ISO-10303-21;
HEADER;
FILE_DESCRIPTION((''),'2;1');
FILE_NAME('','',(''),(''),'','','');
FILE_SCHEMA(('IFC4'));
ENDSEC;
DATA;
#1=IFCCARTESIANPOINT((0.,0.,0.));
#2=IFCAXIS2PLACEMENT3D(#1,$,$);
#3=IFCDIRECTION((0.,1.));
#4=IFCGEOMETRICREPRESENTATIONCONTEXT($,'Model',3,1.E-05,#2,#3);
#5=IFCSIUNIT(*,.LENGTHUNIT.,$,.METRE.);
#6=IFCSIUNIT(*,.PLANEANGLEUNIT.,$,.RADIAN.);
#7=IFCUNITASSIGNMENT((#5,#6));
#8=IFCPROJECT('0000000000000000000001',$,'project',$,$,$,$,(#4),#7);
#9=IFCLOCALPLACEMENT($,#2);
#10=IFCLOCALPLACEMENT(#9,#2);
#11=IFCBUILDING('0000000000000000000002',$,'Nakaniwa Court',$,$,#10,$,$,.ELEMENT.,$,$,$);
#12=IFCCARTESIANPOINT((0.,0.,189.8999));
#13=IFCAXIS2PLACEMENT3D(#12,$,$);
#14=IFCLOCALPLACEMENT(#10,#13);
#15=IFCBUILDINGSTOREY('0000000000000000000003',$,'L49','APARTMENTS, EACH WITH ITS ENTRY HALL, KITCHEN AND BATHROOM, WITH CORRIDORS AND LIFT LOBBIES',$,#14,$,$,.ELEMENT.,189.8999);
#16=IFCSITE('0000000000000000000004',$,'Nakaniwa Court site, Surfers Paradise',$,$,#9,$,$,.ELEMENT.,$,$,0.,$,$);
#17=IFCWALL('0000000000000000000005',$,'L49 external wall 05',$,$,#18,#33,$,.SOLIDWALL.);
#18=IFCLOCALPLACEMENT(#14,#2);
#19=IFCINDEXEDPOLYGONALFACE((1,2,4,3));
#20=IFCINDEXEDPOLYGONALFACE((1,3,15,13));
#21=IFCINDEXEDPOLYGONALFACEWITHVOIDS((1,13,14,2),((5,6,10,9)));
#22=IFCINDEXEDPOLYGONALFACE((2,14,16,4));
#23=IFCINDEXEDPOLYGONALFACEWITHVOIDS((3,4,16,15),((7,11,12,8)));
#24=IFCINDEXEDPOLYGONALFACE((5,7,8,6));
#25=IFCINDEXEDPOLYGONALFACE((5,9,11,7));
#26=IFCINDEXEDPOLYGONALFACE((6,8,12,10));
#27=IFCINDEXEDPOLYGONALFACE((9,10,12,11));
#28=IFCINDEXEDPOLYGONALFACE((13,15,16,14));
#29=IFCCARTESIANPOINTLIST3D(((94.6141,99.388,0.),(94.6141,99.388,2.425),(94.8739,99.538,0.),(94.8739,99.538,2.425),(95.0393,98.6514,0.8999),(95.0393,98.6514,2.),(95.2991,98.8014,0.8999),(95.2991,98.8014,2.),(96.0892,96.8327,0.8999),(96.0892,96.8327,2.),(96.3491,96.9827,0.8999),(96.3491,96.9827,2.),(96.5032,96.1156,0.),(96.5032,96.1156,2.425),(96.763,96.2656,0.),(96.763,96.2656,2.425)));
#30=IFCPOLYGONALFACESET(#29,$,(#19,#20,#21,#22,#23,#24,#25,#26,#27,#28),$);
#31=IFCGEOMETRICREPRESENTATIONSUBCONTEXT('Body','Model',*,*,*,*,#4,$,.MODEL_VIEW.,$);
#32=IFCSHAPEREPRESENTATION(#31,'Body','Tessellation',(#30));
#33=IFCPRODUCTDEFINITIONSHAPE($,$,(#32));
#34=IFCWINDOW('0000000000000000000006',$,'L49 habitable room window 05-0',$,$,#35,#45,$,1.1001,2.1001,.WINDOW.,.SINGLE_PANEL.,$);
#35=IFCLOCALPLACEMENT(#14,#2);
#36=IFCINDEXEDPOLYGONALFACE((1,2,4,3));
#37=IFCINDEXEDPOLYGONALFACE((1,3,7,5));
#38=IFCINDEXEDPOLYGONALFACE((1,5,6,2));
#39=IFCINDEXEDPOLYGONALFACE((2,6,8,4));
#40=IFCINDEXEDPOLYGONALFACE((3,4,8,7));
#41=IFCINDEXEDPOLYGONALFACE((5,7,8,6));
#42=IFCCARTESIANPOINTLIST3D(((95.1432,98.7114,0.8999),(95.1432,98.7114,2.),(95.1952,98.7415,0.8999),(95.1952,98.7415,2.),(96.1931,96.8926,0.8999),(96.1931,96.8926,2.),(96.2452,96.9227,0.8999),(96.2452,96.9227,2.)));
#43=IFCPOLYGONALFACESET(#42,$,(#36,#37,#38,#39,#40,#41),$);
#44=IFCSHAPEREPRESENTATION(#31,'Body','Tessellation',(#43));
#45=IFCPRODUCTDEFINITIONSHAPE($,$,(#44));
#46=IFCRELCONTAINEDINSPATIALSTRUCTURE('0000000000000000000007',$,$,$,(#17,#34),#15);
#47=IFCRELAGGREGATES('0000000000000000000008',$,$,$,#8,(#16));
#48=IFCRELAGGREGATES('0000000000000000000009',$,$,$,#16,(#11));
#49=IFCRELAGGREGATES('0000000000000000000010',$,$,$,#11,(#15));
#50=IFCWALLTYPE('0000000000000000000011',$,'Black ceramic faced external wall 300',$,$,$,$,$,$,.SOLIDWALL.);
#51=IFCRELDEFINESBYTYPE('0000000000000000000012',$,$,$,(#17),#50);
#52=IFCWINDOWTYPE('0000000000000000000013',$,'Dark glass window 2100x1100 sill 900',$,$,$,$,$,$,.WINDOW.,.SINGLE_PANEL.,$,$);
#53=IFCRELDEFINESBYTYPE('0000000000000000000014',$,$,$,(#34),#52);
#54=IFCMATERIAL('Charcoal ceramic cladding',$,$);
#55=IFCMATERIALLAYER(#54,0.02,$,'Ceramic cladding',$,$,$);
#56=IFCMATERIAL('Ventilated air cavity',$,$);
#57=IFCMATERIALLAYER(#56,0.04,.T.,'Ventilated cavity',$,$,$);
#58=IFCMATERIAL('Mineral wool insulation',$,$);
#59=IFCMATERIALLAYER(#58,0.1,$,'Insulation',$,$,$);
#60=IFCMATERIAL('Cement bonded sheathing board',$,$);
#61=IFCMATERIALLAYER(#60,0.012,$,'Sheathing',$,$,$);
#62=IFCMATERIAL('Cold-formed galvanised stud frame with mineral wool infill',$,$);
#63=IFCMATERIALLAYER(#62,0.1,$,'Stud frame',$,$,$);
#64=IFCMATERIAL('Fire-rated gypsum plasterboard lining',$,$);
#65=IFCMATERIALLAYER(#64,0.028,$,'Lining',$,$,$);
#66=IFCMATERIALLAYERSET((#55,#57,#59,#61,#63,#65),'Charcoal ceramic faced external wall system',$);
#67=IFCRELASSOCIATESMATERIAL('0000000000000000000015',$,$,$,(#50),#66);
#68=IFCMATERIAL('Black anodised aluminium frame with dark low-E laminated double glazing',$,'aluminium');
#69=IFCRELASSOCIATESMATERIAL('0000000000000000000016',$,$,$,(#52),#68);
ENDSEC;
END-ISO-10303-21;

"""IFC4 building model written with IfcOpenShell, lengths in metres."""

from ifc_helpers import new_model, si_unit, direction, frame, frame_2d, origin, place, context, subcontext, project, spatial, rectangle, extrude, material, layer, layer_set, type_object, element, fill, save


model = new_model("IFC4")

# Units and contexts
model_context = context("Model", 3, precision=1e-05, world=origin(), true_north=direction((0.0, 1.0)))
body_context = subcontext(model_context, "Body", "Model", "MODEL_VIEW")
ifc_project = project(units=[si_unit("LENGTHUNIT", "METRE"), si_unit("PLANEANGLEUNIT", "RADIAN")], contexts=[model_context])

# Site, building, storey
site_placement = place(None, origin())
site = spatial("IfcSite", under=ifc_project, at=site_placement, Name="Nakaniwa Court site, Surfers Paradise", CompositionType="ELEMENT", RefElevation=0.0)
building_placement = place(site_placement, origin())
building = spatial("IfcBuilding", under=site, at=building_placement, Name="Nakaniwa Court", CompositionType="ELEMENT")
storey_placement = place(building_placement, frame((0.0, 0.0, 189.8999)))
storey = spatial("IfcBuildingStorey", under=building, at=storey_placement, Name="L49", Description="APARTMENTS, EACH WITH ITS ENTRY HALL, KITCHEN AND BATHROOM, WITH CORRIDORS AND LIFT LOBBIES", CompositionType="ELEMENT", Elevation=189.8999)

# Wall, opening, window
ifc_material_1 = material(Name="Charcoal ceramic cladding")
ifc_layer_1 = layer(ifc_material_1, 0.02, Name="Ceramic cladding")
ifc_material_2 = material(Name="Ventilated air cavity")
ifc_layer_2 = layer(ifc_material_2, 0.04, ventilated=True, Name="Ventilated cavity")
ifc_material_3 = material(Name="Mineral wool insulation")
ifc_layer_3 = layer(ifc_material_3, 0.1, Name="Insulation")
ifc_material_4 = material(Name="Cement bonded sheathing board")
ifc_layer_4 = layer(ifc_material_4, 0.012, Name="Sheathing")
ifc_material_5 = material(Name="Cold-formed galvanised stud frame with mineral wool infill")
ifc_layer_5 = layer(ifc_material_5, 0.1, Name="Stud frame")
ifc_material_6 = material(Name="Fire-rated gypsum plasterboard lining")
ifc_layer_6 = layer(ifc_material_6, 0.028, Name="Lining")
ifc_layer_set_1 = layer_set([ifc_layer_1, ifc_layer_2, ifc_layer_3, ifc_layer_4, ifc_layer_5, ifc_layer_6], Name="Charcoal ceramic faced external wall system")
wall_type_1 = type_object("IfcWallType", Name="Black ceramic faced external wall 300", PredefinedType="SOLIDWALL", material=ifc_layer_set_1)
wall_1_placement = place(storey_placement, frame((96.6331, 96.1907, 0.0), z_axis=(0.0, 0.0, 1.0), x_axis=(-0.499961, 0.866048, 0.0)))
wall_1 = element("IfcWall", 1, at=wall_1_placement, inside=storey, type_object=wall_type_1, Name="L49 external wall 05", PredefinedType="SOLIDWALL", context=body_context, shape_type="SweptSolid", body=[
    extrude(rectangle(XDim=3.7786, YDim=0.3, at=frame_2d((1.8892, 0.0))), origin(), (0.0, 0.0, 1.0), 2.425),
])
opening_1_placement = place(wall_1_placement, frame((0.8279, 0.0, 0.8999)))
opening_1 = element("IfcOpeningElement", 2, at=opening_1_placement, cuts=wall_1, PredefinedType="OPENING", context=body_context, shape_type="SweptSolid", body=[
    extrude(rectangle(XDim=2.1001, YDim=1.1001, at=frame_2d((1.05, 0.55))), frame((0.0, 0.1599, 0.0), z_axis=(0.0, -1.0, 0.0), x_axis=(1.0, 0.0, 0.0)), (0.0, 0.0, 1.0), 0.3201),
])
ifc_material_7 = material(Name="Black anodised aluminium frame with dark low-E laminated double glazing", Category="aluminium")
window_type = type_object("IfcWindowType", Name="Dark glass window 2100x1100 sill 900", PartitioningType="SINGLE_PANEL", PredefinedType="WINDOW", material=ifc_material_7)
window_placement = place(opening_1_placement, origin())
window = element("IfcWindow", 3, at=window_placement, inside=storey, type_object=window_type, Name="L49 habitable room window 05-0", OverallHeight=1.1001, OverallWidth=2.1001, PartitioningType="SINGLE_PANEL", PredefinedType="WINDOW", context=body_context, shape_type="SweptSolid", body=[
    extrude(rectangle(XDim=2.1001, YDim=1.1001, at=frame_2d((1.05, 0.55))), frame((0.0, 0.03, 0.0), z_axis=(0.0, -1.0, 0.0), x_axis=(1.0, 0.0, 0.0)), (0.0, 0.0, 1.0), 0.0601),
])
fill(opening_1, window)

save(model, "model.ifc")
